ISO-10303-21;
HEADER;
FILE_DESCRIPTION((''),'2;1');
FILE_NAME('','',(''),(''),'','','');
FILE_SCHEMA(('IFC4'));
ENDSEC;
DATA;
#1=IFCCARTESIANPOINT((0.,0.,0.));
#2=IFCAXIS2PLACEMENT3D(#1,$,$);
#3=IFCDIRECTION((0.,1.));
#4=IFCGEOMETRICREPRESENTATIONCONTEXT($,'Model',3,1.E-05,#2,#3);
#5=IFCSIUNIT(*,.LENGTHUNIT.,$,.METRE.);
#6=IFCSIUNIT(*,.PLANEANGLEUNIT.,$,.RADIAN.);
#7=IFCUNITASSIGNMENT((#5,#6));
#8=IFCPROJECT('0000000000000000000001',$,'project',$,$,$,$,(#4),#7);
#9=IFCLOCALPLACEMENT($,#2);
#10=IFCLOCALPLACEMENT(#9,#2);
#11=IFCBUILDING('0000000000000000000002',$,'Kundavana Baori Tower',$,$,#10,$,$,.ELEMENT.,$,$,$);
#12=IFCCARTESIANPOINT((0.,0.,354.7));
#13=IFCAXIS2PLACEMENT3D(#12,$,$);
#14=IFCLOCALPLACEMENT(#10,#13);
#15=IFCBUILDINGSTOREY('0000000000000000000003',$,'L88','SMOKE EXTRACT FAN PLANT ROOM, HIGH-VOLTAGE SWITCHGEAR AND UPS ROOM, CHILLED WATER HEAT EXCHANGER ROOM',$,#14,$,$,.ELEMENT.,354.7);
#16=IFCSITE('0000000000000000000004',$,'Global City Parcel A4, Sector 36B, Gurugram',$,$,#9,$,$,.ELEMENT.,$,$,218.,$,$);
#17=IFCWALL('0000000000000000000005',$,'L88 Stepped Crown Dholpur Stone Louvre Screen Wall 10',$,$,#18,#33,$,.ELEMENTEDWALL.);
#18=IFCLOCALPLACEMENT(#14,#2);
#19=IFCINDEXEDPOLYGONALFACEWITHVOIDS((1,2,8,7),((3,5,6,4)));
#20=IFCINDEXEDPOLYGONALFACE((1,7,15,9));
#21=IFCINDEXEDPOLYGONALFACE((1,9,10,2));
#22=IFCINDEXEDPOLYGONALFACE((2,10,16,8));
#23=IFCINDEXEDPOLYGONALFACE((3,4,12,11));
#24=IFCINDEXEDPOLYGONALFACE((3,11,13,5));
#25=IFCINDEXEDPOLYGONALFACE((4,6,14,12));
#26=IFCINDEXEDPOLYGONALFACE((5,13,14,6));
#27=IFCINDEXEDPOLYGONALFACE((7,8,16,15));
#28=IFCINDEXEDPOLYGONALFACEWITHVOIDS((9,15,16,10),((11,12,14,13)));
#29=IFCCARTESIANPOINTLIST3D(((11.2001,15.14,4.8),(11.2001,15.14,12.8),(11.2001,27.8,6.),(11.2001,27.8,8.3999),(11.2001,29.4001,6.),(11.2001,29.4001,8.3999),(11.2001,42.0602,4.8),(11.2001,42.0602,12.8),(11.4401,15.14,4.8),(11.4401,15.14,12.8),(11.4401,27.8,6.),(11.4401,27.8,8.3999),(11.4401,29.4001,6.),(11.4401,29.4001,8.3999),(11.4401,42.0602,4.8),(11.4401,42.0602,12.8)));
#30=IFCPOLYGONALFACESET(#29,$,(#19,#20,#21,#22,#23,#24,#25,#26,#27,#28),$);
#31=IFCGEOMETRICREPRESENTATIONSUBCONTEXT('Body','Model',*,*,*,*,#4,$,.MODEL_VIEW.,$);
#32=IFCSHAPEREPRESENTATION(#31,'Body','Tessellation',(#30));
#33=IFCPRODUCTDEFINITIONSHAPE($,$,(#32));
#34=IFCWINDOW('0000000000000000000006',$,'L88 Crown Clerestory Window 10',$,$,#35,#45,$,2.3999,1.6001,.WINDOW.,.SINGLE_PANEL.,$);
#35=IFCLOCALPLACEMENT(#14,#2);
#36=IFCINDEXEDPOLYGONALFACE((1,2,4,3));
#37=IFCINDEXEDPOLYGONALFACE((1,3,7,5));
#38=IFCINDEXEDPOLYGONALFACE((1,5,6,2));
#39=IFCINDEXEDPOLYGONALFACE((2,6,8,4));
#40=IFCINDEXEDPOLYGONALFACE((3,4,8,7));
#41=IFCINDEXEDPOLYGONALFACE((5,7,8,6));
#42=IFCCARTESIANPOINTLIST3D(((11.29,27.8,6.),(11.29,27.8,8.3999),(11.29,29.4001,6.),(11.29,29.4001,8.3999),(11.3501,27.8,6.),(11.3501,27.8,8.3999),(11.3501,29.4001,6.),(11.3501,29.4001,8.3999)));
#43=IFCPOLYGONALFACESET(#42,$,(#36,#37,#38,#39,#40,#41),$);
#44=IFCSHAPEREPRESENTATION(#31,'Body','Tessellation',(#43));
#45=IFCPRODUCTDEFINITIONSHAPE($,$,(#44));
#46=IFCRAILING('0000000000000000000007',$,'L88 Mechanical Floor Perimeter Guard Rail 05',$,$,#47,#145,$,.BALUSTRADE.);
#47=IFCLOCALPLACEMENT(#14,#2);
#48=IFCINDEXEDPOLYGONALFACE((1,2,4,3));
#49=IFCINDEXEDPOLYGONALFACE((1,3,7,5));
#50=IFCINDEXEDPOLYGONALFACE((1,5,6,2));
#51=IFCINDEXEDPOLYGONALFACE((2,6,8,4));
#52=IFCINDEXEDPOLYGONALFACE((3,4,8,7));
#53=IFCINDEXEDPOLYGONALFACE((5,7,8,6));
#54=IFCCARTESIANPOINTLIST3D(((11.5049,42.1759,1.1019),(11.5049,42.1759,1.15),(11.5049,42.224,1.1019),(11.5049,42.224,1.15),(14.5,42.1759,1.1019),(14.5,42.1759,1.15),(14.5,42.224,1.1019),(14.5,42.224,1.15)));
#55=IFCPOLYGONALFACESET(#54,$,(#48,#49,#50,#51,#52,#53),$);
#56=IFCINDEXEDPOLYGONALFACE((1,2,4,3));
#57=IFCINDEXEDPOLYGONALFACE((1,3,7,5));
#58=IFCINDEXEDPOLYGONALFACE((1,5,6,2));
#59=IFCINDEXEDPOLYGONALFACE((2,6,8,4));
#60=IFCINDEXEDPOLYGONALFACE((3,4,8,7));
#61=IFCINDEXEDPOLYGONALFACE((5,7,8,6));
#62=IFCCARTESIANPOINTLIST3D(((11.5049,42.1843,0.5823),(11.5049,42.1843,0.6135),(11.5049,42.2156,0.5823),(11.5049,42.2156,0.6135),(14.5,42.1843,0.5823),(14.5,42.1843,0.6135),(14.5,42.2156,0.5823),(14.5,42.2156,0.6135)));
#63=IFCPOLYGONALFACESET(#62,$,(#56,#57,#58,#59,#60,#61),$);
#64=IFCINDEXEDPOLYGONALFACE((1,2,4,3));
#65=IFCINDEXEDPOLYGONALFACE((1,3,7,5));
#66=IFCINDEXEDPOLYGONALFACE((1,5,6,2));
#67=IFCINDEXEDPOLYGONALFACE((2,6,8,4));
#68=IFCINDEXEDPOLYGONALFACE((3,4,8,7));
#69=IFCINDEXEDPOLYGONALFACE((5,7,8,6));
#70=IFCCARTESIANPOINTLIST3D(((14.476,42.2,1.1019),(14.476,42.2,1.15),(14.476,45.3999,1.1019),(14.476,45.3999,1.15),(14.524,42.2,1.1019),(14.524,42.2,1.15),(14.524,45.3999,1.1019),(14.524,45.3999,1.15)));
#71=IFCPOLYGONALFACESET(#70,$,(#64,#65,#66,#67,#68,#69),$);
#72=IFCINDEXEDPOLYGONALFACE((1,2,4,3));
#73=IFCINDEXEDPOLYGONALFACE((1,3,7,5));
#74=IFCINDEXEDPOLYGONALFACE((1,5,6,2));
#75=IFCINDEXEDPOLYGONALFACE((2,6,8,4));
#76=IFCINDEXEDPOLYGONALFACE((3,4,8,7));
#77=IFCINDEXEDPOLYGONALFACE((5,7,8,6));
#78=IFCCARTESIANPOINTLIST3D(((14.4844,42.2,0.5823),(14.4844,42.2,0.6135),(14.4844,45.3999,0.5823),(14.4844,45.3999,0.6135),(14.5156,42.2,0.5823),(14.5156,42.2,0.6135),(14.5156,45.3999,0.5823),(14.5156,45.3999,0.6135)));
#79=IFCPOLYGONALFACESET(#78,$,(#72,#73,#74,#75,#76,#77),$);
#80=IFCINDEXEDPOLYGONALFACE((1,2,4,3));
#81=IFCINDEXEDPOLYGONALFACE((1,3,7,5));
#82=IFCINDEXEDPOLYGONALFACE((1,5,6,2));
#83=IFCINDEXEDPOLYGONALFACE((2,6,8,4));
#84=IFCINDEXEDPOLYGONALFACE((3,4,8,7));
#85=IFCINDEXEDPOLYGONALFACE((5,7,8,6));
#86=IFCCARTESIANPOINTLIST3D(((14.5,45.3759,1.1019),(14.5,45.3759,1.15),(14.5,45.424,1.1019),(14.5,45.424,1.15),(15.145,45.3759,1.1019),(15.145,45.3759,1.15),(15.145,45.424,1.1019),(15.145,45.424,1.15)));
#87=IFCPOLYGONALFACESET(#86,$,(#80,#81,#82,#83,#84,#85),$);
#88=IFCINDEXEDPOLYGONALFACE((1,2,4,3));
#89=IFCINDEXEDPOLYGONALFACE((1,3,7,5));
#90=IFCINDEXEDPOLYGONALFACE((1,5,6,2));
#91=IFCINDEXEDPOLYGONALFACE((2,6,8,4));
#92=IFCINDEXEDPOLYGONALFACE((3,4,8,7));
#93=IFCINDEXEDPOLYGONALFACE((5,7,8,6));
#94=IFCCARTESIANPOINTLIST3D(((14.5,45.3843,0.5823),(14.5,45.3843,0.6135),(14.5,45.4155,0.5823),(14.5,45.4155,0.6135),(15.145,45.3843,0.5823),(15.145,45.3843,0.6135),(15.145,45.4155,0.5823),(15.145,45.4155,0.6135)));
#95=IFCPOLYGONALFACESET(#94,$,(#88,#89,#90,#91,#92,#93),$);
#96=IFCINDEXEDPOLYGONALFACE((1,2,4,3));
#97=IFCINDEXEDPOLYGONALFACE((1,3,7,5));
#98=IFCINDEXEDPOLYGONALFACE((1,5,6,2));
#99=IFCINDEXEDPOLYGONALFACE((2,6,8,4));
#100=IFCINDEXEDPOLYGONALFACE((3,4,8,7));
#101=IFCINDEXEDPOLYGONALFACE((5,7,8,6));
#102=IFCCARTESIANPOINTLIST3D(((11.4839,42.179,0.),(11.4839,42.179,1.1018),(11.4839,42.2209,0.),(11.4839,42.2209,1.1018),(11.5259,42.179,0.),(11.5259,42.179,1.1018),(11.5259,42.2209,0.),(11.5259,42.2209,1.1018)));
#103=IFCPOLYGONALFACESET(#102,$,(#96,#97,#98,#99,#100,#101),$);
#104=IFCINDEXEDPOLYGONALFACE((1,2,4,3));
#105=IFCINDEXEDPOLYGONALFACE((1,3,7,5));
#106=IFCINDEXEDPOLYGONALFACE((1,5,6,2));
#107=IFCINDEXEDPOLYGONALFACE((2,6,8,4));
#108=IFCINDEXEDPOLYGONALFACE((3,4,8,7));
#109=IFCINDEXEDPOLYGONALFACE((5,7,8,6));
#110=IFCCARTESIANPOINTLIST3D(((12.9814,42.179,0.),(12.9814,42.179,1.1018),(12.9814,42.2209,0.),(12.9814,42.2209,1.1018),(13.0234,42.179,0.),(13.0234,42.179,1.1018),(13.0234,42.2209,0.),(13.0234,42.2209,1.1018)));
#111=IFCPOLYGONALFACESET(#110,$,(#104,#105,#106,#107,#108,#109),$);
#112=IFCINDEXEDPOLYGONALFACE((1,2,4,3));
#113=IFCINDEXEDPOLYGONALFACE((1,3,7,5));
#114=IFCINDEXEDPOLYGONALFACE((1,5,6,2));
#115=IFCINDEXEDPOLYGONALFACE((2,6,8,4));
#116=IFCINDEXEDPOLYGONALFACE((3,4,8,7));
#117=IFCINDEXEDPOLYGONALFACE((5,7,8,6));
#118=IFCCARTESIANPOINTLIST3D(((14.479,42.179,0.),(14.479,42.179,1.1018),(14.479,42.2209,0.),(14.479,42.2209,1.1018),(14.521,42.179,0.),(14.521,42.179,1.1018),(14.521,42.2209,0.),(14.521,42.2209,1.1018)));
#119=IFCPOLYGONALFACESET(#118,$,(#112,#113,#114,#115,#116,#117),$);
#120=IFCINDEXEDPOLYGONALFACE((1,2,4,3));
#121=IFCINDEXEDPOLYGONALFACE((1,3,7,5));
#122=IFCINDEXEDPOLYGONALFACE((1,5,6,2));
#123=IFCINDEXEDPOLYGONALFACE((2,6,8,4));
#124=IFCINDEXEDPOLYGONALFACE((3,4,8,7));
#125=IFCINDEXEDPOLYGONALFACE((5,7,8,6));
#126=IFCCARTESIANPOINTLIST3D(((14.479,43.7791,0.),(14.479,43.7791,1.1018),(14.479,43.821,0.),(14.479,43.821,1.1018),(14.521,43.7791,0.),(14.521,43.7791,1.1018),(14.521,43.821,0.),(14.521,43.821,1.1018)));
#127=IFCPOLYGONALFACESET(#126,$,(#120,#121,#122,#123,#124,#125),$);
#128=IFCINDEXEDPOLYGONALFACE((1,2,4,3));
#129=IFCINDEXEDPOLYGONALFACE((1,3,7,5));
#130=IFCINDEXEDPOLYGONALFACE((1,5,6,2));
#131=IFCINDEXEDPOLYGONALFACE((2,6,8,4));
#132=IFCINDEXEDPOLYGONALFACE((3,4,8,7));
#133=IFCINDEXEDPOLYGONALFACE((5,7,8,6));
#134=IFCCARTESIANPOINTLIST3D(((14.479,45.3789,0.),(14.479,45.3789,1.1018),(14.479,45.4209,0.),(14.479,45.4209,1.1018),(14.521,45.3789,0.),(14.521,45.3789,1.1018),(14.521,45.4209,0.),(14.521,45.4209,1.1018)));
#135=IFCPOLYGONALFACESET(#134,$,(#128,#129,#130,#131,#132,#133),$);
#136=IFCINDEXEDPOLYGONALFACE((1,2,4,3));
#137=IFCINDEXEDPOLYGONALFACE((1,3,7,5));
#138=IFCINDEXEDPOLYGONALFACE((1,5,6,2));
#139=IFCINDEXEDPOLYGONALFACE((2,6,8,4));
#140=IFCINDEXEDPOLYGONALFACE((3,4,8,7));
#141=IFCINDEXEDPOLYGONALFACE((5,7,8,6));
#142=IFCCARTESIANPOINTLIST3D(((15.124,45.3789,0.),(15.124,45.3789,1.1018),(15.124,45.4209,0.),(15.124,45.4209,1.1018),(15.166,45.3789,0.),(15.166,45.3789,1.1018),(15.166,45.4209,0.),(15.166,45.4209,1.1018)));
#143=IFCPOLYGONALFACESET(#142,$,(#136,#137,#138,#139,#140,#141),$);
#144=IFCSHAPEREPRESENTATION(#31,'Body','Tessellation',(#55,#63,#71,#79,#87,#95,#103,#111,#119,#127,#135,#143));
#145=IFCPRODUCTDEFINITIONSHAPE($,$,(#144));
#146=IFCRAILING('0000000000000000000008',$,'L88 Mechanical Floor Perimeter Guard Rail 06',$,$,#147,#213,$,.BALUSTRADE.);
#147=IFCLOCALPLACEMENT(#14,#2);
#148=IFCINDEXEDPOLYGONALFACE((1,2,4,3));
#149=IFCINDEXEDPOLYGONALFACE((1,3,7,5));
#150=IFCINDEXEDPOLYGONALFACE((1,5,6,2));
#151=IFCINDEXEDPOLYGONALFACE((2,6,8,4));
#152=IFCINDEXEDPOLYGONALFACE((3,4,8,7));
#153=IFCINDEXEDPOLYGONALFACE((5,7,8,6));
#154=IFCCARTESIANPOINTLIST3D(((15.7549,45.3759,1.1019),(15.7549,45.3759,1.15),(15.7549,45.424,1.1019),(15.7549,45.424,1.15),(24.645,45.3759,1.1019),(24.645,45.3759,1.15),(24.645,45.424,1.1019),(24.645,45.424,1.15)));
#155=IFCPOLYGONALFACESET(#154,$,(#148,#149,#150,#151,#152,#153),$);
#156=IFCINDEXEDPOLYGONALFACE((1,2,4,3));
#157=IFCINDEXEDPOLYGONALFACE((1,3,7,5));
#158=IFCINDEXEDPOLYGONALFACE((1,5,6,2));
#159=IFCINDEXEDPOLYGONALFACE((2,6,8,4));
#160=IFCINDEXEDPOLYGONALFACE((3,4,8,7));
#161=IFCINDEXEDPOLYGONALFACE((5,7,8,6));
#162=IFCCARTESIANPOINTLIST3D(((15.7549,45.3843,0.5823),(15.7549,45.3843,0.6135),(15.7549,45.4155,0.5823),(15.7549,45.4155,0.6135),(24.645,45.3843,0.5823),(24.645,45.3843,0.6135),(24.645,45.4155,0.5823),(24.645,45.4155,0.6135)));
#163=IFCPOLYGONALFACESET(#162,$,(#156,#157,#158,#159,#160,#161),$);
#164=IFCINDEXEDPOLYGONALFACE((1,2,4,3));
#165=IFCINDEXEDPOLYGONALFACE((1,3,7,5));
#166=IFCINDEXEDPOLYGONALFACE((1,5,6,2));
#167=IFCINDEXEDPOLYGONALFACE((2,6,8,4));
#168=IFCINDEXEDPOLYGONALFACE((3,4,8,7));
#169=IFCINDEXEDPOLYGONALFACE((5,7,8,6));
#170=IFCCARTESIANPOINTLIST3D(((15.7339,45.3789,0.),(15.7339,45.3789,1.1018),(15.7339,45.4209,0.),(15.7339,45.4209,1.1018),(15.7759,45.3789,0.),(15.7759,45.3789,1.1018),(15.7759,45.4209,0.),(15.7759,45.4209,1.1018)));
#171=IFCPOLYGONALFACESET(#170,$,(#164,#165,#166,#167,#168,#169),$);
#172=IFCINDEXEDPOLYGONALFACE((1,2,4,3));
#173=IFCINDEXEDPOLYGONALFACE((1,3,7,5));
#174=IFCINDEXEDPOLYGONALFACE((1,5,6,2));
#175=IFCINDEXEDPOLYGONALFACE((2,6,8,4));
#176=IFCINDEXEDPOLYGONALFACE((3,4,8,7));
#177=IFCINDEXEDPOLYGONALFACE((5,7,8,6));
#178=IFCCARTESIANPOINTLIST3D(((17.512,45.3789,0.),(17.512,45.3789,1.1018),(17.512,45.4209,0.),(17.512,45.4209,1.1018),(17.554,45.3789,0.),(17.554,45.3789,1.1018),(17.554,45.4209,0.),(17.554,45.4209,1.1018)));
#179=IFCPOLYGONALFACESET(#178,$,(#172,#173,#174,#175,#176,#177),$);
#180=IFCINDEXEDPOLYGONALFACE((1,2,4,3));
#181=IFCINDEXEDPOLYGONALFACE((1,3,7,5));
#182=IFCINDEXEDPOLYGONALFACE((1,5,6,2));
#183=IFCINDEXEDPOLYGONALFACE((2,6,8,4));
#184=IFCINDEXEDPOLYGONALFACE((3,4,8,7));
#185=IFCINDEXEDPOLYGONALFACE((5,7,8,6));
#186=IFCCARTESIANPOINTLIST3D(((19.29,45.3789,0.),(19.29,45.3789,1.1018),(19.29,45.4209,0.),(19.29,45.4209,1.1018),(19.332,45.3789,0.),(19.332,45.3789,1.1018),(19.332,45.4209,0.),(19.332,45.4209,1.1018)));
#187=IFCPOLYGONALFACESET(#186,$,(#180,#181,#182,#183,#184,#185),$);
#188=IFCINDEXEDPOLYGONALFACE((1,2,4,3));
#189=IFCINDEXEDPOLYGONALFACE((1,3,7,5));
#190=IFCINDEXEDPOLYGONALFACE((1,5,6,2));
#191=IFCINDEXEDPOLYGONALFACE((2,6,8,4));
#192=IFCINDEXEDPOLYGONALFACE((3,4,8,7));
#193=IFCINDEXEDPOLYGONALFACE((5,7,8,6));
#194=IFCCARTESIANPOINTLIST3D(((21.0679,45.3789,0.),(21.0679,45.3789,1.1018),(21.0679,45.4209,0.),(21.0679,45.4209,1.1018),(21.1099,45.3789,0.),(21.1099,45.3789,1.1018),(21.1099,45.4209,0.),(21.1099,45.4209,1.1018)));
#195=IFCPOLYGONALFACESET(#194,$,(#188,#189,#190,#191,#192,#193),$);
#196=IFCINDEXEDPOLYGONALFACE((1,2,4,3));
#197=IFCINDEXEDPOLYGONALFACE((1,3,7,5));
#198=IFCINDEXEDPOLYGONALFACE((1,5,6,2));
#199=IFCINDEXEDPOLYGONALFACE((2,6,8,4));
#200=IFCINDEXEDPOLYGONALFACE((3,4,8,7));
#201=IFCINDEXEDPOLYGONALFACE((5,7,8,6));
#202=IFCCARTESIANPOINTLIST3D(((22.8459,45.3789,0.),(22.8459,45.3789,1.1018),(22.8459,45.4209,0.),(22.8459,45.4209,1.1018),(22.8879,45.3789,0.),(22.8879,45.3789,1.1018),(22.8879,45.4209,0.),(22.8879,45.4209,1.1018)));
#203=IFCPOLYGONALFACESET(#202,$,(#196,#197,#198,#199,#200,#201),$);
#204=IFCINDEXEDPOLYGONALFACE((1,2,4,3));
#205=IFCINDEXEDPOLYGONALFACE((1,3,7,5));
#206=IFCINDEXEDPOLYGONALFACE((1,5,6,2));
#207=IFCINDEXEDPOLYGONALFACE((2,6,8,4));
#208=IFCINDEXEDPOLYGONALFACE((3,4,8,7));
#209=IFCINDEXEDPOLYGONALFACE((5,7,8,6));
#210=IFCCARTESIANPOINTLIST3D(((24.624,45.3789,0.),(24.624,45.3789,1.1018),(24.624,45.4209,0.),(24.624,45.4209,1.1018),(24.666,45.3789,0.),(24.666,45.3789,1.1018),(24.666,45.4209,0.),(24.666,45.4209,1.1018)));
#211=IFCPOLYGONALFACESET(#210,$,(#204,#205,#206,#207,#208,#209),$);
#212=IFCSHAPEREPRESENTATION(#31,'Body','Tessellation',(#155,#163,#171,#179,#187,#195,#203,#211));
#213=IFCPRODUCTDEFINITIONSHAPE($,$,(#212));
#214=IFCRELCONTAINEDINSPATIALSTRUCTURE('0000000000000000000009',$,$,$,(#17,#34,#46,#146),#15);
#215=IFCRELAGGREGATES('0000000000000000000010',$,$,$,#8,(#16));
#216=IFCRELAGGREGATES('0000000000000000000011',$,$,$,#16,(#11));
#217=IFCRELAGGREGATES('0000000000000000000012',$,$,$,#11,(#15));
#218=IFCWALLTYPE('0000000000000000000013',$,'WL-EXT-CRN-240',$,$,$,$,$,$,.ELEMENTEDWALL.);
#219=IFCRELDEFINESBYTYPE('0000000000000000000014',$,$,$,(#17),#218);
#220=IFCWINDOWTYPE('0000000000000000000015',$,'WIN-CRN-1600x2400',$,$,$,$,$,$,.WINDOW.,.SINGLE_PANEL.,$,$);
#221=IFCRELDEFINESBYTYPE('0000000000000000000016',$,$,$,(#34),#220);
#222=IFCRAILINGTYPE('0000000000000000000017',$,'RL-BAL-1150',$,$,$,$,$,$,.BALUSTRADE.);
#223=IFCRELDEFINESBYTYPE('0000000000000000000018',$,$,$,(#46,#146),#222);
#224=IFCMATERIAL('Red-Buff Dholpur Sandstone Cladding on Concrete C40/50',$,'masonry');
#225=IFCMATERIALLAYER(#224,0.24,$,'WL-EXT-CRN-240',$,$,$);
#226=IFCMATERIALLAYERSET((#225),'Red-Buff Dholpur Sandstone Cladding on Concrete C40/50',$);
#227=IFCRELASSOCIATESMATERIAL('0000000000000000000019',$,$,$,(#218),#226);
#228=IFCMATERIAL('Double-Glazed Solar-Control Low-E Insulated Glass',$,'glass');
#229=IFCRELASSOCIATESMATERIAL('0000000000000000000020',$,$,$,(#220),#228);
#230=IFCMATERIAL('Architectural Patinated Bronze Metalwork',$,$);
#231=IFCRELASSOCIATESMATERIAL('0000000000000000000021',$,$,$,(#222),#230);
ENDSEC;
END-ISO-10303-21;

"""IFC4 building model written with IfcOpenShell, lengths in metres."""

from ifc_helpers import new_model, si_unit, direction, frame, frame_2d, origin, origin_2d, place, context, subcontext, project, spatial, rectangle, extrude, material, layer, layer_set, type_object, element, fill, save


model = new_model("IFC4")

# Units and contexts
model_context = context("Model", 3, precision=1e-05, world=origin(), true_north=direction((0.0, 1.0)))
body_context = subcontext(model_context, "Body", "Model", "MODEL_VIEW")
ifc_project = project(units=[si_unit("LENGTHUNIT", "METRE"), si_unit("PLANEANGLEUNIT", "RADIAN")], contexts=[model_context])

# Site, building, storey
site_placement = place(None, origin())
site = spatial("IfcSite", under=ifc_project, at=site_placement, Name="Global City Parcel A4, Sector 36B, Gurugram", CompositionType="ELEMENT", RefElevation=218.0)
building_placement = place(site_placement, origin())
building = spatial("IfcBuilding", under=site, at=building_placement, Name="Kundavana Baori Tower", CompositionType="ELEMENT")
storey_placement = place(building_placement, frame((0.0, 0.0, 354.7)))
storey = spatial("IfcBuildingStorey", under=building, at=storey_placement, Name="L88", Description="SMOKE EXTRACT FAN PLANT ROOM, HIGH-VOLTAGE SWITCHGEAR AND UPS ROOM, CHILLED WATER HEAT EXCHANGER ROOM", CompositionType="ELEMENT", Elevation=354.7)

# Shared definitions
ifc_material_1 = material(Name="Red-Buff Dholpur Sandstone Cladding on Concrete C40/50", Category="masonry")
ifc_layer_1 = layer(ifc_material_1, 0.24, Name="WL-EXT-CRN-240")
ifc_layer_set_1 = layer_set([ifc_layer_1], Name="Red-Buff Dholpur Sandstone Cladding on Concrete C40/50")
wall_type_1 = type_object("IfcWallType", Name="WL-EXT-CRN-240", PredefinedType="ELEMENTEDWALL", material=ifc_layer_set_1)

# Wall, opening, window
wall_1_placement = place(storey_placement, frame((11.3201, 42.0601, 4.8), z_axis=(0.0, 0.0, 1.0), x_axis=(0.0, -1.0, 0.0)))
wall_1 = element("IfcWall", 1, at=wall_1_placement, inside=storey, type_object=wall_type_1, Name="L88 Stepped Crown Dholpur Stone Louvre Screen Wall 10", PredefinedType="ELEMENTEDWALL", context=body_context, shape_type="SweptSolid", body=[
    extrude(rectangle(XDim=26.9202, YDim=0.24, at=frame_2d((13.46, 0.0))), origin(), (0.0, 0.0, 1.0), 8.0),
])
opening_placement = place(wall_1_placement, frame((12.6599, 0.0, 1.2)))
opening = element("IfcOpeningElement", 2, at=opening_placement, cuts=wall_1, PredefinedType="OPENING", context=body_context, shape_type="SweptSolid", body=[
    extrude(rectangle(XDim=1.6001, YDim=2.3999, at=frame_2d((0.8, 1.2))), frame((0.0, 0.1299, 0.0), z_axis=(0.0, -1.0, 0.0), x_axis=(1.0, 0.0, 0.0)), (0.0, 0.0, 1.0), 0.26),
])
ifc_material_2 = material(Name="Double-Glazed Solar-Control Low-E Insulated Glass", Category="glass")
window_type = type_object("IfcWindowType", Name="WIN-CRN-1600x2400", PartitioningType="SINGLE_PANEL", PredefinedType="WINDOW", material=ifc_material_2)
window_placement = place(opening_placement, origin())
window = element("IfcWindow", 3, at=window_placement, inside=storey, type_object=window_type, Name="L88 Crown Clerestory Window 10", OverallHeight=2.3999, OverallWidth=1.6001, PartitioningType="SINGLE_PANEL", PredefinedType="WINDOW", context=body_context, shape_type="SweptSolid", body=[
    extrude(rectangle(XDim=1.6001, YDim=2.3999, at=frame_2d((0.8, 1.2))), frame((0.0, 0.03, 0.0), z_axis=(0.0, -1.0, 0.0), x_axis=(1.0, 0.0, 0.0)), (0.0, 0.0, 1.0), 0.0601),
])
fill(opening, window)

# Railings
ifc_material_3 = material(Name="Architectural Patinated Bronze Metalwork")
railing_type = type_object("IfcRailingType", Name="RL-BAL-1150", PredefinedType="BALUSTRADE", material=ifc_material_3)
railing_1_placement = place(storey_placement, frame((11.5049, 42.2, 0.0)))
element("IfcRailing", 4, at=railing_1_placement, inside=storey, type_object=railing_type, Name="L88 Mechanical Floor Perimeter Guard Rail 05", PredefinedType="BALUSTRADE", context=body_context, shape_type="SweptSolid", body=[
    extrude(rectangle(XDim=0.0481, YDim=0.0481, at=origin_2d()), frame((0.0, 0.0, 1.126), z_axis=(1.0, 0.0, 0.0), x_axis=(0.0, 1.0, 0.0)), (0.0, 0.0, 1.0), 2.9951),
    extrude(rectangle(XDim=0.0312, YDim=0.0312, at=origin_2d()), frame((0.0, 0.0, 0.5979), z_axis=(1.0, 0.0, 0.0), x_axis=(0.0, 1.0, 0.0)), (0.0, 0.0, 1.0), 2.9951),
    extrude(rectangle(XDim=0.0481, YDim=0.0481, at=origin_2d()), frame((2.9951, 0.0, 1.126), z_axis=(0.0, 1.0, 0.0), x_axis=(-1.0, 0.0, 0.0)), (0.0, 0.0, 1.0), 3.2),
    extrude(rectangle(XDim=0.0312, YDim=0.0312, at=origin_2d()), frame((2.9951, 0.0, 0.5979), z_axis=(0.0, 1.0, 0.0), x_axis=(-1.0, 0.0, 0.0)), (0.0, 0.0, 1.0), 3.2),
    extrude(rectangle(XDim=0.0481, YDim=0.0481, at=origin_2d()), frame((2.9951, 3.2, 1.126), z_axis=(1.0, 0.0, 0.0), x_axis=(0.0, 1.0, 0.0)), (0.0, 0.0, 1.0), 0.645),
    extrude(rectangle(XDim=0.0312, YDim=0.0312, at=origin_2d()), frame((2.9951, 3.2, 0.5979), z_axis=(1.0, 0.0, 0.0), x_axis=(0.0, 1.0, 0.0)), (0.0, 0.0, 1.0), 0.645),
    extrude(rectangle(XDim=0.042, YDim=0.042, at=origin_2d()), origin(), (0.0, 0.0, 1.0), 1.1018),
    extrude(rectangle(XDim=0.042, YDim=0.042, at=origin_2d()), frame((1.4976, 0.0, 0.0)), (0.0, 0.0, 1.0), 1.1018),
    extrude(rectangle(XDim=0.042, YDim=0.042, at=origin_2d()), frame((2.9951, 0.0, 0.0)), (0.0, 0.0, 1.0), 1.1018),
    extrude(rectangle(XDim=0.042, YDim=0.042, at=origin_2d()), frame((2.9951, 1.6001, 0.0)), (0.0, 0.0, 1.0), 1.1018),
    extrude(rectangle(XDim=0.042, YDim=0.042, at=origin_2d()), frame((2.9951, 3.2, 0.0)), (0.0, 0.0, 1.0), 1.1018),
    extrude(rectangle(XDim=0.042, YDim=0.042, at=origin_2d()), frame((3.6401, 3.2, 0.0)), (0.0, 0.0, 1.0), 1.1018),
])
railing_2_placement = place(storey_placement, frame((15.7549, 45.3999, 0.0)))
element("IfcRailing", 5, at=railing_2_placement, inside=storey, type_object=railing_type, Name="L88 Mechanical Floor Perimeter Guard Rail 06", PredefinedType="BALUSTRADE", context=body_context, shape_type="SweptSolid", body=[
    extrude(rectangle(XDim=0.0481, YDim=0.0481, at=origin_2d()), frame((0.0, 0.0, 1.126), z_axis=(1.0, 0.0, 0.0), x_axis=(0.0, 1.0, 0.0)), (0.0, 0.0, 1.0), 8.8901),
    extrude(rectangle(XDim=0.0312, YDim=0.0312, at=origin_2d()), frame((0.0, 0.0, 0.5979), z_axis=(1.0, 0.0, 0.0), x_axis=(0.0, 1.0, 0.0)), (0.0, 0.0, 1.0), 8.8901),
    extrude(rectangle(XDim=0.042, YDim=0.042, at=origin_2d()), origin(), (0.0, 0.0, 1.0), 1.1018),
    extrude(rectangle(XDim=0.042, YDim=0.042, at=origin_2d()), frame((1.7781, 0.0, 0.0)), (0.0, 0.0, 1.0), 1.1018),
    extrude(rectangle(XDim=0.042, YDim=0.042, at=origin_2d()), frame((3.5562, 0.0, 0.0)), (0.0, 0.0, 1.0), 1.1018),
    extrude(rectangle(XDim=0.042, YDim=0.042, at=origin_2d()), frame((5.334, 0.0, 0.0)), (0.0, 0.0, 1.0), 1.1018),
    extrude(rectangle(XDim=0.042, YDim=0.042, at=origin_2d()), frame((7.1121, 0.0, 0.0)), (0.0, 0.0, 1.0), 1.1018),
    extrude(rectangle(XDim=0.042, YDim=0.042, at=origin_2d()), frame((8.8901, 0.0, 0.0)), (0.0, 0.0, 1.0), 1.1018),
])

save(model, "model.ifc")
